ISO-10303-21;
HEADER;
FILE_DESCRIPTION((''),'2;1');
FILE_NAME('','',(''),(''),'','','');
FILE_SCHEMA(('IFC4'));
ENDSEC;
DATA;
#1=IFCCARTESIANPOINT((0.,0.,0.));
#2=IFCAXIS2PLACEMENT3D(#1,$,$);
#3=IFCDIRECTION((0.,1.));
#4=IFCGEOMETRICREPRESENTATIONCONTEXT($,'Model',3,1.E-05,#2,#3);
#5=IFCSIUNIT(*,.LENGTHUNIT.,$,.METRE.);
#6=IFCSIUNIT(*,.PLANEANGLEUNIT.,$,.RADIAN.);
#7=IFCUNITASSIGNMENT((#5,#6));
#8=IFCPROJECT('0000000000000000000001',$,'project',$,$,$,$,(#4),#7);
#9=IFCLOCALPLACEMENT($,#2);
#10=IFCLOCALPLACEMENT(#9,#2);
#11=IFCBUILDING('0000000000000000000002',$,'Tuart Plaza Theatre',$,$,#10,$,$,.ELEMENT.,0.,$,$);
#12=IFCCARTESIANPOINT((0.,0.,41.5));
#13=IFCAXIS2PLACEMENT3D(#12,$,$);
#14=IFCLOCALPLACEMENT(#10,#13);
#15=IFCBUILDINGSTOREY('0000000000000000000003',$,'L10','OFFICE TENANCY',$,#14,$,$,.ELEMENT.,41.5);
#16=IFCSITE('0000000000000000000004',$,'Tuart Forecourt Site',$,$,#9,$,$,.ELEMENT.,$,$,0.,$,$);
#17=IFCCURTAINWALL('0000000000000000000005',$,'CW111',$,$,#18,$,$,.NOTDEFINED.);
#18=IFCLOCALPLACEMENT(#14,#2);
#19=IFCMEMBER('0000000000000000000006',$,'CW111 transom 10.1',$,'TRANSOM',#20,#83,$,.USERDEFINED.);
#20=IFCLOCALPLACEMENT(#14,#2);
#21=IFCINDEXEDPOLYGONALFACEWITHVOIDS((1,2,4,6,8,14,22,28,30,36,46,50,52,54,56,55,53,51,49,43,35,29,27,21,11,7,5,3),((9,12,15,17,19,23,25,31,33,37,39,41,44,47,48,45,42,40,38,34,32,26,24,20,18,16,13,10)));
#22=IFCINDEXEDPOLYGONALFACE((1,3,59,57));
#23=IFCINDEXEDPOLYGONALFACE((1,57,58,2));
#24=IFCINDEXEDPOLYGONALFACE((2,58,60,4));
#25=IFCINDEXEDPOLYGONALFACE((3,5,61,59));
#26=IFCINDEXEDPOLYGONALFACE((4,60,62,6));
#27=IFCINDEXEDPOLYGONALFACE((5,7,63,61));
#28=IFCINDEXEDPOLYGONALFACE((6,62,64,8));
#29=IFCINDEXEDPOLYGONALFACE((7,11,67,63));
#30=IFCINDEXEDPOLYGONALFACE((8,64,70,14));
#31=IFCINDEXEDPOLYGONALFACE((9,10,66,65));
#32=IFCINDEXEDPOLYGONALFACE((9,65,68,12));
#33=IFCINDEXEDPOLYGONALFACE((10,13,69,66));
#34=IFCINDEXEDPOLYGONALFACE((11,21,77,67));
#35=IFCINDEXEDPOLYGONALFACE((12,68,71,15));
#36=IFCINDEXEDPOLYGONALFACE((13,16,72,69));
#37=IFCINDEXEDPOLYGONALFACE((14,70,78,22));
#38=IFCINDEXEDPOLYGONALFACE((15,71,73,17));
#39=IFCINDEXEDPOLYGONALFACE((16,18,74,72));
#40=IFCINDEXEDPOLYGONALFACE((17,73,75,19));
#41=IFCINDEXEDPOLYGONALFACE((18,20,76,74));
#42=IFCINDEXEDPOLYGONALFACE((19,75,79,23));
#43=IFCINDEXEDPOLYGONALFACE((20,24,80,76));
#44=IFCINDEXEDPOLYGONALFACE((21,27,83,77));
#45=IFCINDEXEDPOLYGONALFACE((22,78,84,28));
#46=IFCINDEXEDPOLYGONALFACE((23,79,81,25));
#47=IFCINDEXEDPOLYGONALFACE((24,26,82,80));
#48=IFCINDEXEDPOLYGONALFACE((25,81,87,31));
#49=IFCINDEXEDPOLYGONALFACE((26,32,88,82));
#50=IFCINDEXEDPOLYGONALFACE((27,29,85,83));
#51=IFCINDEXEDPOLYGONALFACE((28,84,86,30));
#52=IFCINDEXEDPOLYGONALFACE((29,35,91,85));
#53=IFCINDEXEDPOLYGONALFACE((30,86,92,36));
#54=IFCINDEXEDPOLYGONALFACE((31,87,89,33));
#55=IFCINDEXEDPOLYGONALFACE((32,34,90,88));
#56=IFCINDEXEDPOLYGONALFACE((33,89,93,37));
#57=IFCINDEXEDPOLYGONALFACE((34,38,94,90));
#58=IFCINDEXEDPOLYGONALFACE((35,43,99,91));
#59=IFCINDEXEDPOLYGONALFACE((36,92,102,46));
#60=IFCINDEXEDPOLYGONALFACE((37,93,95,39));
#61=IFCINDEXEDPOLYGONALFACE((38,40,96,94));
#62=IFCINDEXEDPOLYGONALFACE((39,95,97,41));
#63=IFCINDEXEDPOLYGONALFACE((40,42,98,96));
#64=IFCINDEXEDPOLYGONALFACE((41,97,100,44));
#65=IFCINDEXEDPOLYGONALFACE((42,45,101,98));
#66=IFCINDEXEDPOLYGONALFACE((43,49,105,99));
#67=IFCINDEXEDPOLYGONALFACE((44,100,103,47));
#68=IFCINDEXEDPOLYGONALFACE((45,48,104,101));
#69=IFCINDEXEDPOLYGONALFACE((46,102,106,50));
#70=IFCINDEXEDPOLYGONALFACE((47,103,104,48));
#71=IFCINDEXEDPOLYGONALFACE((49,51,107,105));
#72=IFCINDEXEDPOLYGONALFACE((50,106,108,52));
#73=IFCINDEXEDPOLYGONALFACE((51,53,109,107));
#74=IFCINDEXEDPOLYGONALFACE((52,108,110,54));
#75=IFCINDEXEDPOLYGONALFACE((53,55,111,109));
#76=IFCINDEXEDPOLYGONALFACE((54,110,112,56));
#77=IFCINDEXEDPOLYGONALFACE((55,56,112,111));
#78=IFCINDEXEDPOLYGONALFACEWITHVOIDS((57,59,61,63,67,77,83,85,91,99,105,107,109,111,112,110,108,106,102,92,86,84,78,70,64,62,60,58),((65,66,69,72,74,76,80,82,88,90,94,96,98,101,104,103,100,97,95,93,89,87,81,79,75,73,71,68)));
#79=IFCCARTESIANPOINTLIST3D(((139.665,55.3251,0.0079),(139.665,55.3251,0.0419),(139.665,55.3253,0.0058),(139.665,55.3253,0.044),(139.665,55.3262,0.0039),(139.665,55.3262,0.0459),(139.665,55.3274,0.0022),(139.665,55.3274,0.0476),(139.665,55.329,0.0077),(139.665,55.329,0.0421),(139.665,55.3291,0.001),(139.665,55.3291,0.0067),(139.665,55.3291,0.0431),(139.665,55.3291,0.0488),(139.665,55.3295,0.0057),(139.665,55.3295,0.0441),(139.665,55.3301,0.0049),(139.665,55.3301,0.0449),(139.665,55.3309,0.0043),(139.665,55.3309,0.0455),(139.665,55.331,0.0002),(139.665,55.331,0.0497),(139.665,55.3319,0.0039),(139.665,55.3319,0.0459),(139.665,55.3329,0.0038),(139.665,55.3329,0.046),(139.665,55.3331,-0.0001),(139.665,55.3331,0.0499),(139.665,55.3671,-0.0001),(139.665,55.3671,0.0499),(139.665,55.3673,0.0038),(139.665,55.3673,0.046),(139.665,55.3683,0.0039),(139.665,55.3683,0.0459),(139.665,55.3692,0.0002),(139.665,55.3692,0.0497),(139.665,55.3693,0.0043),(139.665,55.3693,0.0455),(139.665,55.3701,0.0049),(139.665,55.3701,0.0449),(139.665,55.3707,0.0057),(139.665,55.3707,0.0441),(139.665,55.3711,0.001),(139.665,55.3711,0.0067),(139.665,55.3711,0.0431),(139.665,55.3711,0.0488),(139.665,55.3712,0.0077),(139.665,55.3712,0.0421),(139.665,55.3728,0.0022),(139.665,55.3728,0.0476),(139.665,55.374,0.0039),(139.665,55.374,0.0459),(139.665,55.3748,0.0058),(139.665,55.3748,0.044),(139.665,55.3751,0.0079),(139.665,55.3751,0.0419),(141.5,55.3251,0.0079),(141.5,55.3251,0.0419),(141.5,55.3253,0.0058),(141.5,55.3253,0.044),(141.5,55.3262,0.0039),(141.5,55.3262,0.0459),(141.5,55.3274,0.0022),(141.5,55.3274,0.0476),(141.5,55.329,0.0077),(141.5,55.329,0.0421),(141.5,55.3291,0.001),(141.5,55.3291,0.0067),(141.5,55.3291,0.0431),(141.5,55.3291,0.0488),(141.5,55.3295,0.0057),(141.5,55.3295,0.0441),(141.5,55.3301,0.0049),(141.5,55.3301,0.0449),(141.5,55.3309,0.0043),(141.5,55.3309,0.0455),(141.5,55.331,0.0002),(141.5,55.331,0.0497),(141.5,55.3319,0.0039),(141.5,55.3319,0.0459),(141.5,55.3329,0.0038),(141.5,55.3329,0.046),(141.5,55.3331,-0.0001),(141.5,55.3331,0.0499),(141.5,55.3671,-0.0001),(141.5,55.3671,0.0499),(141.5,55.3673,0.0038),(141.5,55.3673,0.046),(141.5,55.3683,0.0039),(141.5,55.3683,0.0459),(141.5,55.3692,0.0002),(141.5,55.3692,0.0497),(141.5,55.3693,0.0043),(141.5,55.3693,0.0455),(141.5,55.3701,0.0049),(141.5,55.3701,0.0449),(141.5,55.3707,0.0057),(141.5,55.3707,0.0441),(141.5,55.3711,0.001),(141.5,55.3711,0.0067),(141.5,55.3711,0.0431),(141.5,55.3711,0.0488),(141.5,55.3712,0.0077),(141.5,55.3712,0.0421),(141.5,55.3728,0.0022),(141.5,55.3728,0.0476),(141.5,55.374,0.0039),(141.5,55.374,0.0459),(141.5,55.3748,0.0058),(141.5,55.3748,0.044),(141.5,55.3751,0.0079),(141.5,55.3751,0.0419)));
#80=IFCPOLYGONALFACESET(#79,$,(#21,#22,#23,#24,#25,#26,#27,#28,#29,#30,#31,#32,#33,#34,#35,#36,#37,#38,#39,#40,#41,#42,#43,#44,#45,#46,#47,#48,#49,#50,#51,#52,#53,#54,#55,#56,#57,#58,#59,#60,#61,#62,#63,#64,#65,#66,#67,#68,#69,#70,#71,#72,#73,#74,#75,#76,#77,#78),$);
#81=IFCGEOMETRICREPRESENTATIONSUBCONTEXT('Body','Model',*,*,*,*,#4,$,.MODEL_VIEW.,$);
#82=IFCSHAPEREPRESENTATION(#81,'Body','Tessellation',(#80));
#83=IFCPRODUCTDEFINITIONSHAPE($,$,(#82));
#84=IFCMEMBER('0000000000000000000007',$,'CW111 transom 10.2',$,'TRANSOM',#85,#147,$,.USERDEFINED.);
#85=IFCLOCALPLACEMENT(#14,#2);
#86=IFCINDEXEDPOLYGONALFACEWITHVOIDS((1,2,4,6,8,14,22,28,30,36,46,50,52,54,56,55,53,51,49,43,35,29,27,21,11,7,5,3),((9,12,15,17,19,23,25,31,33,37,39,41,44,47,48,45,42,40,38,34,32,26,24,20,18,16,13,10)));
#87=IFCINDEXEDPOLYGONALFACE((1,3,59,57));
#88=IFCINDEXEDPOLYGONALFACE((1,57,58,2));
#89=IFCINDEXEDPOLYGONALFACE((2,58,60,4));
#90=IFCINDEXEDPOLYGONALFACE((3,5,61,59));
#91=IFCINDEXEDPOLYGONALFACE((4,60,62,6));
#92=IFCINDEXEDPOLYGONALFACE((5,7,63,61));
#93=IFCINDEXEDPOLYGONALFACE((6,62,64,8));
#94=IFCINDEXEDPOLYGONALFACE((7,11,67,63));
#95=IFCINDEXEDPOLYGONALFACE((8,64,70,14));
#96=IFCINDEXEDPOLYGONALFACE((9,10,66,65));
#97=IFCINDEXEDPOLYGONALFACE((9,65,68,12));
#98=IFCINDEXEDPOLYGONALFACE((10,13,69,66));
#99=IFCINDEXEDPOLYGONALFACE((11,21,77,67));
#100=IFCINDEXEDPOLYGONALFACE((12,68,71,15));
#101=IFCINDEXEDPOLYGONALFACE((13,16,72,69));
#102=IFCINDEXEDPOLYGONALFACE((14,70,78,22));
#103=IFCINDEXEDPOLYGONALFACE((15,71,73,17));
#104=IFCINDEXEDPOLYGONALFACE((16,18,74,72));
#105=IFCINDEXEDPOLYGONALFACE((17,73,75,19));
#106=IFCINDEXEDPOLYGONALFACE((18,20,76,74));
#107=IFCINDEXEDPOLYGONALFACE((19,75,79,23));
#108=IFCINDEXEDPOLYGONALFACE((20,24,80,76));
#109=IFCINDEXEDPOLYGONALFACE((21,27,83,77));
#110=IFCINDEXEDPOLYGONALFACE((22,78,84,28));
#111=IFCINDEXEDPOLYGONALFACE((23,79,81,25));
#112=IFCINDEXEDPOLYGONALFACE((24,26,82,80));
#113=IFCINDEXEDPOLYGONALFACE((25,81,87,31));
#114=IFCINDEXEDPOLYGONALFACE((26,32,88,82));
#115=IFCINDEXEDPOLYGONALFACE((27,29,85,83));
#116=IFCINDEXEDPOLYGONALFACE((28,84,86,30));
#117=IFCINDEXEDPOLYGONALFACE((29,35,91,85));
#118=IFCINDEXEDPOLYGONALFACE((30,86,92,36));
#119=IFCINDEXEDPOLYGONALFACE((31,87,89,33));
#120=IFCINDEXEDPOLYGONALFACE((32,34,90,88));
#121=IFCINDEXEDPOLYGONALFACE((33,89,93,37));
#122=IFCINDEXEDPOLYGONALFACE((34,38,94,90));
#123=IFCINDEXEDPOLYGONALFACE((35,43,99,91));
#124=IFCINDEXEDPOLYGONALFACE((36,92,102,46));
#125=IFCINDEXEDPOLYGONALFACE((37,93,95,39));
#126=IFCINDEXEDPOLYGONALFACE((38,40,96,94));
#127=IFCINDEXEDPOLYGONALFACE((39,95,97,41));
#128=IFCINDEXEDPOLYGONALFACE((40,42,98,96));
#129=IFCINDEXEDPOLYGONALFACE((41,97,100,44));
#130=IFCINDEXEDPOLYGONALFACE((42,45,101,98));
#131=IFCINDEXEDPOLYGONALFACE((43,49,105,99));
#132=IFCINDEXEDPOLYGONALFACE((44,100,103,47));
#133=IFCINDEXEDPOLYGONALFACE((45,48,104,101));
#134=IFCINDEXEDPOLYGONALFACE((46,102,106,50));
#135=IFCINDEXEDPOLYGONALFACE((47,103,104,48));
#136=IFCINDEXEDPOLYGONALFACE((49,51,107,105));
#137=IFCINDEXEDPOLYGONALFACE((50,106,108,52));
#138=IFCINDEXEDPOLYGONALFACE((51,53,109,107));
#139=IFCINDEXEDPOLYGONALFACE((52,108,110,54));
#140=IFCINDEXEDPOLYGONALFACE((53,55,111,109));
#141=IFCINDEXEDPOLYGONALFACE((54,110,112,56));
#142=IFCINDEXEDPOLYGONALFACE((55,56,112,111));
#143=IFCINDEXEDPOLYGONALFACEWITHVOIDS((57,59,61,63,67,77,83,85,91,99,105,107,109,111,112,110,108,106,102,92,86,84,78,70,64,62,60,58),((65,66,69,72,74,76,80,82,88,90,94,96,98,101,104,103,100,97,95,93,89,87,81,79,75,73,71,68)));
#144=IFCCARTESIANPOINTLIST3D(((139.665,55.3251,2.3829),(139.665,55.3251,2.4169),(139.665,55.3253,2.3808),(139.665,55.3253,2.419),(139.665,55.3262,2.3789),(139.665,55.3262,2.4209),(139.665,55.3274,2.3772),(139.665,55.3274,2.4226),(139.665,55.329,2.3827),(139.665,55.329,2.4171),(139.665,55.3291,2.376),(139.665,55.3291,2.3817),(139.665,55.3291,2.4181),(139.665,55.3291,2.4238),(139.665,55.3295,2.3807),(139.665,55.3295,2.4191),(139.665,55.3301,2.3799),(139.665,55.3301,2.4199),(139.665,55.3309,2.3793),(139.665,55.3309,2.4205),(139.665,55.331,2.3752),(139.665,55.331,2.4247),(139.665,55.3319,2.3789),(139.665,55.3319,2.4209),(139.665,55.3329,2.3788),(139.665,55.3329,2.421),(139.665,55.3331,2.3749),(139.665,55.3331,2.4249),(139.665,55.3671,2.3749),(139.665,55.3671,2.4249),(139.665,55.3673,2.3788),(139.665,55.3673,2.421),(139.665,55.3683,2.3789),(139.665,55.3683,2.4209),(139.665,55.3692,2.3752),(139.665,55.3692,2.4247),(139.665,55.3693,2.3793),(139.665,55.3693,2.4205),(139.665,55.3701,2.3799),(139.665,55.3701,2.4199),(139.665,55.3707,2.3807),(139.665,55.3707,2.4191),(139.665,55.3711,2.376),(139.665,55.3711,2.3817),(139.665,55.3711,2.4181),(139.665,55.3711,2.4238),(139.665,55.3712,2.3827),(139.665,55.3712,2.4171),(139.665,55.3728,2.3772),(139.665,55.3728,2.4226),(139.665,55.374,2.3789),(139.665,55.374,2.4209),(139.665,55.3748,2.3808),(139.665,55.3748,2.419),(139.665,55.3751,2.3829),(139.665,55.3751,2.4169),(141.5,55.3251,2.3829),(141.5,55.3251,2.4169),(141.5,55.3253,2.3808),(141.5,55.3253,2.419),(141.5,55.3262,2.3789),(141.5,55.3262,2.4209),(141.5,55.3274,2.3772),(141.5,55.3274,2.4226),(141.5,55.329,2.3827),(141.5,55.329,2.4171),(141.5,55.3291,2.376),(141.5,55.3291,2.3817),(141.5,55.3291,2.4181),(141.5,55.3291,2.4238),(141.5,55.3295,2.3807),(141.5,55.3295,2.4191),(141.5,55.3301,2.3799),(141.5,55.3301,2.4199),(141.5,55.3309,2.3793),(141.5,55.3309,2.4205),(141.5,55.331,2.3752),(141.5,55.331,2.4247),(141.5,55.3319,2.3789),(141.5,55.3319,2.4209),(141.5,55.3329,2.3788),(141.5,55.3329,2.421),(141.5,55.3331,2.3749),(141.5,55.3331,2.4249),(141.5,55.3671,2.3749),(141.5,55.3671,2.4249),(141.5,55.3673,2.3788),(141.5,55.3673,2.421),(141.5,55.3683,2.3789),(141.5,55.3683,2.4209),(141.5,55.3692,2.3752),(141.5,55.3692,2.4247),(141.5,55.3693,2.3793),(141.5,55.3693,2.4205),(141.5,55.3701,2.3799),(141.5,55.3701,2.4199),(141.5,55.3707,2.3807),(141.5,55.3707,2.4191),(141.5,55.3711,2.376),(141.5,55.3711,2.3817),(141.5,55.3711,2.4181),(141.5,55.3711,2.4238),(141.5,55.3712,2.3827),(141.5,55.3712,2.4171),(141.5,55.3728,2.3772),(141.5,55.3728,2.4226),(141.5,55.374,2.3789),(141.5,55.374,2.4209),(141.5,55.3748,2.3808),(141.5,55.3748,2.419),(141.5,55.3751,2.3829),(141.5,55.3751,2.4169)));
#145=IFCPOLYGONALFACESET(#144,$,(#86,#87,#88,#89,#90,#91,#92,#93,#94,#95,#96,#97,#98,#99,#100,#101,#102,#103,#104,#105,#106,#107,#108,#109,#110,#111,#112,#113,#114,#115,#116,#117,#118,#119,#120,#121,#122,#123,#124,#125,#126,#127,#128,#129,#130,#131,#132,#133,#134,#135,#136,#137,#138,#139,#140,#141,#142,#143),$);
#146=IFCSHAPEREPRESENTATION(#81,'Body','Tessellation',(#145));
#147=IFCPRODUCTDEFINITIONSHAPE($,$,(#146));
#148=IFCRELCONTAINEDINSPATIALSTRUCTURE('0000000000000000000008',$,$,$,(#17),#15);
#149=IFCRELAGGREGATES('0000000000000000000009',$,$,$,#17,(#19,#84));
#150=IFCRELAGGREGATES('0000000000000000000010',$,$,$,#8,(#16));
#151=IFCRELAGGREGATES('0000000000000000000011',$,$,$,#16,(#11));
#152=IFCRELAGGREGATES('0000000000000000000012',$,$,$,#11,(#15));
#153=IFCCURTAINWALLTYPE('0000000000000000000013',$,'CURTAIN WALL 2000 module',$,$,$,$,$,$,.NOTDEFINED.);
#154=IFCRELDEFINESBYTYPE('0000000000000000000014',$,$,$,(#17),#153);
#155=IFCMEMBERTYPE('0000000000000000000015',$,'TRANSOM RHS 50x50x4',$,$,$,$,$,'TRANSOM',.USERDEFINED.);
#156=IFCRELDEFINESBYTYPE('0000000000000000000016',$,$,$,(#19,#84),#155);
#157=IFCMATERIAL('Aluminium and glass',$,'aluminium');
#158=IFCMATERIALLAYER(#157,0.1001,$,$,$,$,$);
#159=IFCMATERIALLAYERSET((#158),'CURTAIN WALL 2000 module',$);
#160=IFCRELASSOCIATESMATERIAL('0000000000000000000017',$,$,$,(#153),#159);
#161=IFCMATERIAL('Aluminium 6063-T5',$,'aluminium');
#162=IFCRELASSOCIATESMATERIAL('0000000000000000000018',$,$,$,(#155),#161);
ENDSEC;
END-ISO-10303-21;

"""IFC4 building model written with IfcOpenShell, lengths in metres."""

from ifc_helpers import new_model, si_unit, direction, frame, origin, origin_2d, place, context, subcontext, project, spatial, hollow_rectangle, extrude, material, layer, layer_set, material_profile, profile_set, type_object, element, aggregate, save


model = new_model("IFC4")

# Units and contexts
model_context = context("Model", 3, precision=1e-05, world=origin(), true_north=direction((0.0, 1.0)))
body_context = subcontext(model_context, "Body", "Model", "MODEL_VIEW")
ifc_project = project(units=[si_unit("LENGTHUNIT", "METRE"), si_unit("PLANEANGLEUNIT", "RADIAN")], contexts=[model_context])

# Site, building, storey
site_placement = place(None, origin())
site = spatial("IfcSite", under=ifc_project, at=site_placement, Name="Tuart Forecourt Site", CompositionType="ELEMENT", RefElevation=0.0)
building_placement = place(site_placement, origin())
building = spatial("IfcBuilding", under=site, at=building_placement, Name="Tuart Plaza Theatre", CompositionType="ELEMENT", ElevationOfRefHeight=0.0)
storey_placement = place(building_placement, frame((0.0, 0.0, 41.5)))
storey = spatial("IfcBuildingStorey", under=building, at=storey_placement, Name="L10", Description="OFFICE TENANCY", CompositionType="ELEMENT", Elevation=41.5)

# Curtain wall
ifc_material_1 = material(Name="Aluminium and glass", Category="aluminium")
ifc_layer_1 = layer(ifc_material_1, 0.1001)
ifc_layer_set_1 = layer_set([ifc_layer_1], Name="CURTAIN WALL 2000 module")
curtain_wall_type = type_object("IfcCurtainWallType", Name="CURTAIN WALL 2000 module", PredefinedType="NOTDEFINED", material=ifc_layer_set_1)
curtain_wall_1_placement = place(storey_placement, origin())
curtain_wall_1 = element("IfcCurtainWall", 1, at=curtain_wall_1_placement, inside=storey, type_object=curtain_wall_type, Name="CW111", PredefinedType="NOTDEFINED")

# Members
ifc_material_2 = material(Name="Aluminium 6063-T5", Category="aluminium")
ifc_material_profile_1 = material_profile(ifc_material_2, hollow_rectangle(XDim=0.05, YDim=0.05, WallThickness=0.0039, InnerFilletRadius=0.0039, OuterFilletRadius=0.0081, at=origin_2d()), Name="RHS 50x50x4")
ifc_profile_set_1 = profile_set([ifc_material_profile_1], Name="Aluminium 6063-T5")
member_type_1 = type_object("IfcMemberType", Name="TRANSOM RHS 50x50x4", ElementType="TRANSOM", PredefinedType="USERDEFINED", material=ifc_profile_set_1)
member_1_placement = place(storey_placement, frame((139.665, 55.3501, 0.0249), z_axis=(1.0, 0.0, 0.0), x_axis=(0.0, 1.0, 0.0)))
member_1 = element("IfcMember", 2, at=member_1_placement, type_object=member_type_1, Name="CW111 transom 10.1", ObjectType="TRANSOM", PredefinedType="USERDEFINED", context=body_context, shape_type="SweptSolid", body=[
    extrude(hollow_rectangle(XDim=0.05, YDim=0.05, WallThickness=0.0039, InnerFilletRadius=0.0039, OuterFilletRadius=0.0081, at=origin_2d()), origin(), (0.0, 0.0, 1.0), 1.835),
])
member_2_placement = place(storey_placement, frame((139.665, 55.3501, 2.3999), z_axis=(1.0, 0.0, 0.0), x_axis=(0.0, 1.0, 0.0)))
member_2 = element("IfcMember", 3, at=member_2_placement, type_object=member_type_1, Name="CW111 transom 10.2", ObjectType="TRANSOM", PredefinedType="USERDEFINED", context=body_context, shape_type="SweptSolid", body=[
    extrude(hollow_rectangle(XDim=0.05, YDim=0.05, WallThickness=0.0039, InnerFilletRadius=0.0039, OuterFilletRadius=0.0081, at=origin_2d()), origin(), (0.0, 0.0, 1.0), 1.835),
])

aggregate(curtain_wall_1, [member_1, member_2])

save(model, "model.ifc")
